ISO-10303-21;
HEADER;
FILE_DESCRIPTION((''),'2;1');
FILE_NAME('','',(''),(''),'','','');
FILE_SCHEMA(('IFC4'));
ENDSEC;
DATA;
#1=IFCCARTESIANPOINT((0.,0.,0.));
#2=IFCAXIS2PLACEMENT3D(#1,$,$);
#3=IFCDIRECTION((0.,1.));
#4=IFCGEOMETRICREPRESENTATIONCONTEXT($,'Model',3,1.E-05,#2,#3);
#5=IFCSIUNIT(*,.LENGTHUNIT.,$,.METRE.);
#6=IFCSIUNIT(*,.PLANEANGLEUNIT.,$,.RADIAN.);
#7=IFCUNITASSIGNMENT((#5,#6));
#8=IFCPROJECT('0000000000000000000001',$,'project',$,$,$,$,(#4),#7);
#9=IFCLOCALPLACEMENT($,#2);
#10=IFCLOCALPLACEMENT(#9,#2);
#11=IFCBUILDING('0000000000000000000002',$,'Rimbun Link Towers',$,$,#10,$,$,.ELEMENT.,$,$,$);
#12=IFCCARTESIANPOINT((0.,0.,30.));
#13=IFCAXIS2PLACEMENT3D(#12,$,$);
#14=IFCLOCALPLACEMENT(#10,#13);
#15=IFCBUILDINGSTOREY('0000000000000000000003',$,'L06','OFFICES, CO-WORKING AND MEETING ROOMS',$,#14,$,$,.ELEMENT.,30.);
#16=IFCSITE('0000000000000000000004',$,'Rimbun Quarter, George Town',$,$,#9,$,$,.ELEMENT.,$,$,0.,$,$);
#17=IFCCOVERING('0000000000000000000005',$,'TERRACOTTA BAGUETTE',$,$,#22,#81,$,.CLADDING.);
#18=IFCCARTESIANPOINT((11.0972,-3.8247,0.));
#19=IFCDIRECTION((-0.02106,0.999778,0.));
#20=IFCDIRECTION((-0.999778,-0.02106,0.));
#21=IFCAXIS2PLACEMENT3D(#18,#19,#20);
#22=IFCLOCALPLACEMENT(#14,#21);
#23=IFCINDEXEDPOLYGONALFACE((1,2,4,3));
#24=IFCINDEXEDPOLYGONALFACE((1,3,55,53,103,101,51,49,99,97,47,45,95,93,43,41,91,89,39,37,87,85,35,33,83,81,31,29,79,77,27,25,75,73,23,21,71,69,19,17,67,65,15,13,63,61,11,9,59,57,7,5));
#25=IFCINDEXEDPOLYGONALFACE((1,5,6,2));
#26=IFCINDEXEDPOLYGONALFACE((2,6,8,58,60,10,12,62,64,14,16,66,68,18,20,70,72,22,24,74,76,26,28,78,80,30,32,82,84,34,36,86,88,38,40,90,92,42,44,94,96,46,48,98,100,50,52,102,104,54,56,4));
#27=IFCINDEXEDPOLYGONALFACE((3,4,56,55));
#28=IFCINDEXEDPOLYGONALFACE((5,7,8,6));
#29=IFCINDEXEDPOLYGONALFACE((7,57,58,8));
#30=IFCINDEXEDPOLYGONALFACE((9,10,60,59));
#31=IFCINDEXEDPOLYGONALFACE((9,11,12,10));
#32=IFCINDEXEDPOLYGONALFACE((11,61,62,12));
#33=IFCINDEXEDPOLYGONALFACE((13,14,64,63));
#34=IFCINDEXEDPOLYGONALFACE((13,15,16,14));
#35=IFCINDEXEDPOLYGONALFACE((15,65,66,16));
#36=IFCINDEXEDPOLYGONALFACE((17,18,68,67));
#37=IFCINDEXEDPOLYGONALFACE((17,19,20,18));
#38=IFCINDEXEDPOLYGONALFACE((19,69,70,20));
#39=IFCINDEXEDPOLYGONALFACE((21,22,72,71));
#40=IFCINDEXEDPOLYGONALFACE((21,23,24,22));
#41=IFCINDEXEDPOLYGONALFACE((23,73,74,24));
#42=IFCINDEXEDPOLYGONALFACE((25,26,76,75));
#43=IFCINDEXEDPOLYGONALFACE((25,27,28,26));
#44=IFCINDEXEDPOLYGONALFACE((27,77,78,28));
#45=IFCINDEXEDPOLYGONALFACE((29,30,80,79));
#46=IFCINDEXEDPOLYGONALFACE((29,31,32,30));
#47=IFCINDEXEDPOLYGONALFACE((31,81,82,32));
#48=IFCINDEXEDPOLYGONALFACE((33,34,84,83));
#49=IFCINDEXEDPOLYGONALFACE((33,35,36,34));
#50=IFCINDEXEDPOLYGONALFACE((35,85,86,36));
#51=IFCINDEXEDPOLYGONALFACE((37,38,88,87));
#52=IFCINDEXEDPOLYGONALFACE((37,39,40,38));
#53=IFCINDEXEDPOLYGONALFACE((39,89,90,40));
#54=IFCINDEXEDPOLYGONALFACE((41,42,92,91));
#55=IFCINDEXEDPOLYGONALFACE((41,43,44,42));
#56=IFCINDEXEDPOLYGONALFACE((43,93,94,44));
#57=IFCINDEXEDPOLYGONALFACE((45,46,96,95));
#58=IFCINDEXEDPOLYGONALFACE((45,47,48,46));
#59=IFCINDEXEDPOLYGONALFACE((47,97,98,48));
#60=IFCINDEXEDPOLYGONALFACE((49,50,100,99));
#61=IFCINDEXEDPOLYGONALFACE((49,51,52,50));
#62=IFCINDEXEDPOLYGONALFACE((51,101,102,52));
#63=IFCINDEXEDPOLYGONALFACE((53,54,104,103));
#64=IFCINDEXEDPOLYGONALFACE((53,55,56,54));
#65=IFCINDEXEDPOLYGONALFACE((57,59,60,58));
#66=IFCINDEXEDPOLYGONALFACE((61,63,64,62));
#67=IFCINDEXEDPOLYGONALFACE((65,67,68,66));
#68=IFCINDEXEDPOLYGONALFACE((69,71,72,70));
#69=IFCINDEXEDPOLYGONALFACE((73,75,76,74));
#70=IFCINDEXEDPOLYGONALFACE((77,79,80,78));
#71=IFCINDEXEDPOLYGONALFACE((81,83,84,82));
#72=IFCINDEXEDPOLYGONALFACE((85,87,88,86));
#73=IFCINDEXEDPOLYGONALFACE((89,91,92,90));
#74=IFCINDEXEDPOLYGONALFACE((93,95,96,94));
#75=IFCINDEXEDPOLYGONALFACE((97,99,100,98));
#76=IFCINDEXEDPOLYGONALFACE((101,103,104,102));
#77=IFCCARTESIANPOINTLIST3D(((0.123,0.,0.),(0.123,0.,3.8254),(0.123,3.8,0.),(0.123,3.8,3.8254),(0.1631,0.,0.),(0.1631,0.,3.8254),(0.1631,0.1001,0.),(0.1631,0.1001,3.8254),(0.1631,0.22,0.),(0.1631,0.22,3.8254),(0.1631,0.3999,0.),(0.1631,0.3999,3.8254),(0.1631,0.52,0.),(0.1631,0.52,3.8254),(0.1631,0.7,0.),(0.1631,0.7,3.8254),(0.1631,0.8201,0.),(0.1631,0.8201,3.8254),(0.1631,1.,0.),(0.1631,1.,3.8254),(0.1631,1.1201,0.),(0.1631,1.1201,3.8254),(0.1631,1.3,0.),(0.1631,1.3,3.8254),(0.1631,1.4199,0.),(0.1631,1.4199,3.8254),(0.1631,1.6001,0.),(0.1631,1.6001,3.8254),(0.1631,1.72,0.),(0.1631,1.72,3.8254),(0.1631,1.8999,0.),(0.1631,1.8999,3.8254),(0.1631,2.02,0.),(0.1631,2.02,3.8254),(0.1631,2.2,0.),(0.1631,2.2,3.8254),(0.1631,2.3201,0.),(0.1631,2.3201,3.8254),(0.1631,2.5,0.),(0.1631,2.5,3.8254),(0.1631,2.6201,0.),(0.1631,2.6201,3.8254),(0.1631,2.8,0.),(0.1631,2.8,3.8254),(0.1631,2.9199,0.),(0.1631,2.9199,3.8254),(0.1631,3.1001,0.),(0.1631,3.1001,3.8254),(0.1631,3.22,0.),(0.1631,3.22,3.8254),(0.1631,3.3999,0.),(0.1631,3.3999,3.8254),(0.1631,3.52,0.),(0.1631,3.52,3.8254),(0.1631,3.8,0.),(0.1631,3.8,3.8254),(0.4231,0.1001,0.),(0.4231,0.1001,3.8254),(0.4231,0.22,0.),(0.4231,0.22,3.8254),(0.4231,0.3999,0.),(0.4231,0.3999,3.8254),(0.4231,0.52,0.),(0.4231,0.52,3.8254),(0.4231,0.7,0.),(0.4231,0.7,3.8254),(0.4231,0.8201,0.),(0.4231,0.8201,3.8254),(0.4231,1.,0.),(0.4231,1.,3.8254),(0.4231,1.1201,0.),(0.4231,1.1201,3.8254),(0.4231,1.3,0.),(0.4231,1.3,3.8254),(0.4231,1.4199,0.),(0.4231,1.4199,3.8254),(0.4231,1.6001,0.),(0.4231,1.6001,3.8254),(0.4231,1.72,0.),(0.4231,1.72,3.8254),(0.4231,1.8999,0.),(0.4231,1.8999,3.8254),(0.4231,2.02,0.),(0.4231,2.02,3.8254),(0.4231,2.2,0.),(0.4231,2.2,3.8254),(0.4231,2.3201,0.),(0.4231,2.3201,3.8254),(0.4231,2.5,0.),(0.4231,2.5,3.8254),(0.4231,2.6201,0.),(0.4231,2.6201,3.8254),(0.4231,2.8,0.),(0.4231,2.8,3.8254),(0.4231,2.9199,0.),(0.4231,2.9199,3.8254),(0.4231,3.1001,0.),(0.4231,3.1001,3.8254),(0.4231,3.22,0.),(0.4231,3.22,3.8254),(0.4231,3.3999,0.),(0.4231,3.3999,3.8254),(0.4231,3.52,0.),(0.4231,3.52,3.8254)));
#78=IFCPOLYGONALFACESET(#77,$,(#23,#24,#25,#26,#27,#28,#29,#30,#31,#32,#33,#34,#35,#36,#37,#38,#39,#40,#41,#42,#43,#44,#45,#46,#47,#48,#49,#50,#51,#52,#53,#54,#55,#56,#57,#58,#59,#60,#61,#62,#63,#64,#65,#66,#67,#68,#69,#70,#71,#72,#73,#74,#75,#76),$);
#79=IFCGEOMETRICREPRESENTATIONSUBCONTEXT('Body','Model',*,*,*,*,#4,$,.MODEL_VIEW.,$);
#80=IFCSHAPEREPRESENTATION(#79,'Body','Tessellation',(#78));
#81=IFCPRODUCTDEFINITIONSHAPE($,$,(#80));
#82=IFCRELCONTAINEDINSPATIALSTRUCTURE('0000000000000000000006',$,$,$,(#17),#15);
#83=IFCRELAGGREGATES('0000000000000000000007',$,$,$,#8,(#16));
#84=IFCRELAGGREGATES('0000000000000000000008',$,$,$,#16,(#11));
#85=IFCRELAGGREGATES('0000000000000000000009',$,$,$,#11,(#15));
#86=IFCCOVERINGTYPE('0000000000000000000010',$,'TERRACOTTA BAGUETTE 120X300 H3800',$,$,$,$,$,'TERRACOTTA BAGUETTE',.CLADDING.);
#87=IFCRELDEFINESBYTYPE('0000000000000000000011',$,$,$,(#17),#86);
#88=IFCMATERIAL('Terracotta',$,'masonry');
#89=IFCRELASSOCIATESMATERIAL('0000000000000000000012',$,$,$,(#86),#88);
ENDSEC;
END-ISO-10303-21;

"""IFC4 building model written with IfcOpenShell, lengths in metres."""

from ifc_helpers import new_model, si_unit, direction, frame, origin, place, context, subcontext, project, spatial, polyline, outline, extrude, material, material_profile, profile_set, type_object, element, save


model = new_model("IFC4")

# Units and contexts
model_context = context("Model", 3, precision=1e-05, world=origin(), true_north=direction((0.0, 1.0)))
body_context = subcontext(model_context, "Body", "Model", "MODEL_VIEW")
ifc_project = project(units=[si_unit("LENGTHUNIT", "METRE"), si_unit("PLANEANGLEUNIT", "RADIAN")], contexts=[model_context])

# Site, building, storey
site_placement = place(None, origin())
site = spatial("IfcSite", under=ifc_project, at=site_placement, Name="Rimbun Quarter, George Town", CompositionType="ELEMENT", RefElevation=0.0)
building_placement = place(site_placement, origin())
building = spatial("IfcBuilding", under=site, at=building_placement, Name="Rimbun Link Towers", CompositionType="ELEMENT")
storey_placement = place(building_placement, frame((0.0, 0.0, 30.0)))
storey = spatial("IfcBuildingStorey", under=building, at=storey_placement, Name="L06", Description="OFFICES, CO-WORKING AND MEETING ROOMS", CompositionType="ELEMENT", Elevation=30.0)

# Covering
ifc_material_1 = material(Name="Terracotta", Category="masonry")
ifc_material_profile_1 = material_profile(ifc_material_1, outline(polyline([(0.123, 0.0), (0.1631, 0.0), (0.1631, 0.1001), (0.4231, 0.1001), (0.4231, 0.22), (0.1631, 0.22), (0.1631, 0.3999), (0.4231, 0.3999), (0.4231, 0.52), (0.1631, 0.52), (0.1631, 0.7), (0.4231, 0.7), (0.4231, 0.8201), (0.1631, 0.8201), (0.1631, 1.0), (0.4231, 1.0), (0.4231, 1.1201), (0.1631, 1.1201), (0.1631, 1.3), (0.4231, 1.3), (0.4231, 1.4199), (0.1631, 1.4199), (0.1631, 1.6001), (0.4231, 1.6001), (0.4231, 1.72), (0.1631, 1.72), (0.1631, 1.8999), (0.4231, 1.8999), (0.4231, 2.02), (0.1631, 2.02), (0.1631, 2.2), (0.4231, 2.2), (0.4231, 2.3201), (0.1631, 2.3201), (0.1631, 2.5), (0.4231, 2.5), (0.4231, 2.6201), (0.1631, 2.6201), (0.1631, 2.8), (0.4231, 2.8), (0.4231, 2.9199), (0.1631, 2.9199), (0.1631, 3.1001), (0.4231, 3.1001), (0.4231, 3.22), (0.1631, 3.22), (0.1631, 3.3999), (0.4231, 3.3999), (0.4231, 3.52), (0.1631, 3.52), (0.1631, 3.8), (0.123, 3.8), (0.123, 0.0)])), Name="BAGUETTE 120X300")
ifc_profile_set_1 = profile_set([ifc_material_profile_1], Name="Terracotta")
covering_type = type_object("IfcCoveringType", Name="TERRACOTTA BAGUETTE 120X300 H3800", ElementType="TERRACOTTA BAGUETTE", PredefinedType="CLADDING", material=ifc_profile_set_1)
covering_placement = place(storey_placement, frame((11.0972, -3.8247, 0.0), z_axis=(-0.02106, 0.999778, 0.0), x_axis=(-0.999778, -0.02106, 0.0)))
element("IfcCovering", 1, at=covering_placement, inside=storey, type_object=covering_type, Name="TERRACOTTA BAGUETTE", PredefinedType="CLADDING", context=body_context, shape_type="SweptSolid", body=[
    extrude(outline(polyline([(0.123, 0.0), (0.1631, 0.0), (0.1631, 0.1001), (0.4231, 0.1001), (0.4231, 0.22), (0.1631, 0.22), (0.1631, 0.3999), (0.4231, 0.3999), (0.4231, 0.52), (0.1631, 0.52), (0.1631, 0.7), (0.4231, 0.7), (0.4231, 0.8201), (0.1631, 0.8201), (0.1631, 1.0), (0.4231, 1.0), (0.4231, 1.1201), (0.1631, 1.1201), (0.1631, 1.3), (0.4231, 1.3), (0.4231, 1.4199), (0.1631, 1.4199), (0.1631, 1.6001), (0.4231, 1.6001), (0.4231, 1.72), (0.1631, 1.72), (0.1631, 1.8999), (0.4231, 1.8999), (0.4231, 2.02), (0.1631, 2.02), (0.1631, 2.2), (0.4231, 2.2), (0.4231, 2.3201), (0.1631, 2.3201), (0.1631, 2.5), (0.4231, 2.5), (0.4231, 2.6201), (0.1631, 2.6201), (0.1631, 2.8), (0.4231, 2.8), (0.4231, 2.9199), (0.1631, 2.9199), (0.1631, 3.1001), (0.4231, 3.1001), (0.4231, 3.22), (0.1631, 3.22), (0.1631, 3.3999), (0.4231, 3.3999), (0.4231, 3.52), (0.1631, 3.52), (0.1631, 3.8), (0.123, 3.8), (0.123, 0.0)])), origin(), (0.0, 0.0, 1.0), 3.8254),
])

save(model, "model.ifc")
